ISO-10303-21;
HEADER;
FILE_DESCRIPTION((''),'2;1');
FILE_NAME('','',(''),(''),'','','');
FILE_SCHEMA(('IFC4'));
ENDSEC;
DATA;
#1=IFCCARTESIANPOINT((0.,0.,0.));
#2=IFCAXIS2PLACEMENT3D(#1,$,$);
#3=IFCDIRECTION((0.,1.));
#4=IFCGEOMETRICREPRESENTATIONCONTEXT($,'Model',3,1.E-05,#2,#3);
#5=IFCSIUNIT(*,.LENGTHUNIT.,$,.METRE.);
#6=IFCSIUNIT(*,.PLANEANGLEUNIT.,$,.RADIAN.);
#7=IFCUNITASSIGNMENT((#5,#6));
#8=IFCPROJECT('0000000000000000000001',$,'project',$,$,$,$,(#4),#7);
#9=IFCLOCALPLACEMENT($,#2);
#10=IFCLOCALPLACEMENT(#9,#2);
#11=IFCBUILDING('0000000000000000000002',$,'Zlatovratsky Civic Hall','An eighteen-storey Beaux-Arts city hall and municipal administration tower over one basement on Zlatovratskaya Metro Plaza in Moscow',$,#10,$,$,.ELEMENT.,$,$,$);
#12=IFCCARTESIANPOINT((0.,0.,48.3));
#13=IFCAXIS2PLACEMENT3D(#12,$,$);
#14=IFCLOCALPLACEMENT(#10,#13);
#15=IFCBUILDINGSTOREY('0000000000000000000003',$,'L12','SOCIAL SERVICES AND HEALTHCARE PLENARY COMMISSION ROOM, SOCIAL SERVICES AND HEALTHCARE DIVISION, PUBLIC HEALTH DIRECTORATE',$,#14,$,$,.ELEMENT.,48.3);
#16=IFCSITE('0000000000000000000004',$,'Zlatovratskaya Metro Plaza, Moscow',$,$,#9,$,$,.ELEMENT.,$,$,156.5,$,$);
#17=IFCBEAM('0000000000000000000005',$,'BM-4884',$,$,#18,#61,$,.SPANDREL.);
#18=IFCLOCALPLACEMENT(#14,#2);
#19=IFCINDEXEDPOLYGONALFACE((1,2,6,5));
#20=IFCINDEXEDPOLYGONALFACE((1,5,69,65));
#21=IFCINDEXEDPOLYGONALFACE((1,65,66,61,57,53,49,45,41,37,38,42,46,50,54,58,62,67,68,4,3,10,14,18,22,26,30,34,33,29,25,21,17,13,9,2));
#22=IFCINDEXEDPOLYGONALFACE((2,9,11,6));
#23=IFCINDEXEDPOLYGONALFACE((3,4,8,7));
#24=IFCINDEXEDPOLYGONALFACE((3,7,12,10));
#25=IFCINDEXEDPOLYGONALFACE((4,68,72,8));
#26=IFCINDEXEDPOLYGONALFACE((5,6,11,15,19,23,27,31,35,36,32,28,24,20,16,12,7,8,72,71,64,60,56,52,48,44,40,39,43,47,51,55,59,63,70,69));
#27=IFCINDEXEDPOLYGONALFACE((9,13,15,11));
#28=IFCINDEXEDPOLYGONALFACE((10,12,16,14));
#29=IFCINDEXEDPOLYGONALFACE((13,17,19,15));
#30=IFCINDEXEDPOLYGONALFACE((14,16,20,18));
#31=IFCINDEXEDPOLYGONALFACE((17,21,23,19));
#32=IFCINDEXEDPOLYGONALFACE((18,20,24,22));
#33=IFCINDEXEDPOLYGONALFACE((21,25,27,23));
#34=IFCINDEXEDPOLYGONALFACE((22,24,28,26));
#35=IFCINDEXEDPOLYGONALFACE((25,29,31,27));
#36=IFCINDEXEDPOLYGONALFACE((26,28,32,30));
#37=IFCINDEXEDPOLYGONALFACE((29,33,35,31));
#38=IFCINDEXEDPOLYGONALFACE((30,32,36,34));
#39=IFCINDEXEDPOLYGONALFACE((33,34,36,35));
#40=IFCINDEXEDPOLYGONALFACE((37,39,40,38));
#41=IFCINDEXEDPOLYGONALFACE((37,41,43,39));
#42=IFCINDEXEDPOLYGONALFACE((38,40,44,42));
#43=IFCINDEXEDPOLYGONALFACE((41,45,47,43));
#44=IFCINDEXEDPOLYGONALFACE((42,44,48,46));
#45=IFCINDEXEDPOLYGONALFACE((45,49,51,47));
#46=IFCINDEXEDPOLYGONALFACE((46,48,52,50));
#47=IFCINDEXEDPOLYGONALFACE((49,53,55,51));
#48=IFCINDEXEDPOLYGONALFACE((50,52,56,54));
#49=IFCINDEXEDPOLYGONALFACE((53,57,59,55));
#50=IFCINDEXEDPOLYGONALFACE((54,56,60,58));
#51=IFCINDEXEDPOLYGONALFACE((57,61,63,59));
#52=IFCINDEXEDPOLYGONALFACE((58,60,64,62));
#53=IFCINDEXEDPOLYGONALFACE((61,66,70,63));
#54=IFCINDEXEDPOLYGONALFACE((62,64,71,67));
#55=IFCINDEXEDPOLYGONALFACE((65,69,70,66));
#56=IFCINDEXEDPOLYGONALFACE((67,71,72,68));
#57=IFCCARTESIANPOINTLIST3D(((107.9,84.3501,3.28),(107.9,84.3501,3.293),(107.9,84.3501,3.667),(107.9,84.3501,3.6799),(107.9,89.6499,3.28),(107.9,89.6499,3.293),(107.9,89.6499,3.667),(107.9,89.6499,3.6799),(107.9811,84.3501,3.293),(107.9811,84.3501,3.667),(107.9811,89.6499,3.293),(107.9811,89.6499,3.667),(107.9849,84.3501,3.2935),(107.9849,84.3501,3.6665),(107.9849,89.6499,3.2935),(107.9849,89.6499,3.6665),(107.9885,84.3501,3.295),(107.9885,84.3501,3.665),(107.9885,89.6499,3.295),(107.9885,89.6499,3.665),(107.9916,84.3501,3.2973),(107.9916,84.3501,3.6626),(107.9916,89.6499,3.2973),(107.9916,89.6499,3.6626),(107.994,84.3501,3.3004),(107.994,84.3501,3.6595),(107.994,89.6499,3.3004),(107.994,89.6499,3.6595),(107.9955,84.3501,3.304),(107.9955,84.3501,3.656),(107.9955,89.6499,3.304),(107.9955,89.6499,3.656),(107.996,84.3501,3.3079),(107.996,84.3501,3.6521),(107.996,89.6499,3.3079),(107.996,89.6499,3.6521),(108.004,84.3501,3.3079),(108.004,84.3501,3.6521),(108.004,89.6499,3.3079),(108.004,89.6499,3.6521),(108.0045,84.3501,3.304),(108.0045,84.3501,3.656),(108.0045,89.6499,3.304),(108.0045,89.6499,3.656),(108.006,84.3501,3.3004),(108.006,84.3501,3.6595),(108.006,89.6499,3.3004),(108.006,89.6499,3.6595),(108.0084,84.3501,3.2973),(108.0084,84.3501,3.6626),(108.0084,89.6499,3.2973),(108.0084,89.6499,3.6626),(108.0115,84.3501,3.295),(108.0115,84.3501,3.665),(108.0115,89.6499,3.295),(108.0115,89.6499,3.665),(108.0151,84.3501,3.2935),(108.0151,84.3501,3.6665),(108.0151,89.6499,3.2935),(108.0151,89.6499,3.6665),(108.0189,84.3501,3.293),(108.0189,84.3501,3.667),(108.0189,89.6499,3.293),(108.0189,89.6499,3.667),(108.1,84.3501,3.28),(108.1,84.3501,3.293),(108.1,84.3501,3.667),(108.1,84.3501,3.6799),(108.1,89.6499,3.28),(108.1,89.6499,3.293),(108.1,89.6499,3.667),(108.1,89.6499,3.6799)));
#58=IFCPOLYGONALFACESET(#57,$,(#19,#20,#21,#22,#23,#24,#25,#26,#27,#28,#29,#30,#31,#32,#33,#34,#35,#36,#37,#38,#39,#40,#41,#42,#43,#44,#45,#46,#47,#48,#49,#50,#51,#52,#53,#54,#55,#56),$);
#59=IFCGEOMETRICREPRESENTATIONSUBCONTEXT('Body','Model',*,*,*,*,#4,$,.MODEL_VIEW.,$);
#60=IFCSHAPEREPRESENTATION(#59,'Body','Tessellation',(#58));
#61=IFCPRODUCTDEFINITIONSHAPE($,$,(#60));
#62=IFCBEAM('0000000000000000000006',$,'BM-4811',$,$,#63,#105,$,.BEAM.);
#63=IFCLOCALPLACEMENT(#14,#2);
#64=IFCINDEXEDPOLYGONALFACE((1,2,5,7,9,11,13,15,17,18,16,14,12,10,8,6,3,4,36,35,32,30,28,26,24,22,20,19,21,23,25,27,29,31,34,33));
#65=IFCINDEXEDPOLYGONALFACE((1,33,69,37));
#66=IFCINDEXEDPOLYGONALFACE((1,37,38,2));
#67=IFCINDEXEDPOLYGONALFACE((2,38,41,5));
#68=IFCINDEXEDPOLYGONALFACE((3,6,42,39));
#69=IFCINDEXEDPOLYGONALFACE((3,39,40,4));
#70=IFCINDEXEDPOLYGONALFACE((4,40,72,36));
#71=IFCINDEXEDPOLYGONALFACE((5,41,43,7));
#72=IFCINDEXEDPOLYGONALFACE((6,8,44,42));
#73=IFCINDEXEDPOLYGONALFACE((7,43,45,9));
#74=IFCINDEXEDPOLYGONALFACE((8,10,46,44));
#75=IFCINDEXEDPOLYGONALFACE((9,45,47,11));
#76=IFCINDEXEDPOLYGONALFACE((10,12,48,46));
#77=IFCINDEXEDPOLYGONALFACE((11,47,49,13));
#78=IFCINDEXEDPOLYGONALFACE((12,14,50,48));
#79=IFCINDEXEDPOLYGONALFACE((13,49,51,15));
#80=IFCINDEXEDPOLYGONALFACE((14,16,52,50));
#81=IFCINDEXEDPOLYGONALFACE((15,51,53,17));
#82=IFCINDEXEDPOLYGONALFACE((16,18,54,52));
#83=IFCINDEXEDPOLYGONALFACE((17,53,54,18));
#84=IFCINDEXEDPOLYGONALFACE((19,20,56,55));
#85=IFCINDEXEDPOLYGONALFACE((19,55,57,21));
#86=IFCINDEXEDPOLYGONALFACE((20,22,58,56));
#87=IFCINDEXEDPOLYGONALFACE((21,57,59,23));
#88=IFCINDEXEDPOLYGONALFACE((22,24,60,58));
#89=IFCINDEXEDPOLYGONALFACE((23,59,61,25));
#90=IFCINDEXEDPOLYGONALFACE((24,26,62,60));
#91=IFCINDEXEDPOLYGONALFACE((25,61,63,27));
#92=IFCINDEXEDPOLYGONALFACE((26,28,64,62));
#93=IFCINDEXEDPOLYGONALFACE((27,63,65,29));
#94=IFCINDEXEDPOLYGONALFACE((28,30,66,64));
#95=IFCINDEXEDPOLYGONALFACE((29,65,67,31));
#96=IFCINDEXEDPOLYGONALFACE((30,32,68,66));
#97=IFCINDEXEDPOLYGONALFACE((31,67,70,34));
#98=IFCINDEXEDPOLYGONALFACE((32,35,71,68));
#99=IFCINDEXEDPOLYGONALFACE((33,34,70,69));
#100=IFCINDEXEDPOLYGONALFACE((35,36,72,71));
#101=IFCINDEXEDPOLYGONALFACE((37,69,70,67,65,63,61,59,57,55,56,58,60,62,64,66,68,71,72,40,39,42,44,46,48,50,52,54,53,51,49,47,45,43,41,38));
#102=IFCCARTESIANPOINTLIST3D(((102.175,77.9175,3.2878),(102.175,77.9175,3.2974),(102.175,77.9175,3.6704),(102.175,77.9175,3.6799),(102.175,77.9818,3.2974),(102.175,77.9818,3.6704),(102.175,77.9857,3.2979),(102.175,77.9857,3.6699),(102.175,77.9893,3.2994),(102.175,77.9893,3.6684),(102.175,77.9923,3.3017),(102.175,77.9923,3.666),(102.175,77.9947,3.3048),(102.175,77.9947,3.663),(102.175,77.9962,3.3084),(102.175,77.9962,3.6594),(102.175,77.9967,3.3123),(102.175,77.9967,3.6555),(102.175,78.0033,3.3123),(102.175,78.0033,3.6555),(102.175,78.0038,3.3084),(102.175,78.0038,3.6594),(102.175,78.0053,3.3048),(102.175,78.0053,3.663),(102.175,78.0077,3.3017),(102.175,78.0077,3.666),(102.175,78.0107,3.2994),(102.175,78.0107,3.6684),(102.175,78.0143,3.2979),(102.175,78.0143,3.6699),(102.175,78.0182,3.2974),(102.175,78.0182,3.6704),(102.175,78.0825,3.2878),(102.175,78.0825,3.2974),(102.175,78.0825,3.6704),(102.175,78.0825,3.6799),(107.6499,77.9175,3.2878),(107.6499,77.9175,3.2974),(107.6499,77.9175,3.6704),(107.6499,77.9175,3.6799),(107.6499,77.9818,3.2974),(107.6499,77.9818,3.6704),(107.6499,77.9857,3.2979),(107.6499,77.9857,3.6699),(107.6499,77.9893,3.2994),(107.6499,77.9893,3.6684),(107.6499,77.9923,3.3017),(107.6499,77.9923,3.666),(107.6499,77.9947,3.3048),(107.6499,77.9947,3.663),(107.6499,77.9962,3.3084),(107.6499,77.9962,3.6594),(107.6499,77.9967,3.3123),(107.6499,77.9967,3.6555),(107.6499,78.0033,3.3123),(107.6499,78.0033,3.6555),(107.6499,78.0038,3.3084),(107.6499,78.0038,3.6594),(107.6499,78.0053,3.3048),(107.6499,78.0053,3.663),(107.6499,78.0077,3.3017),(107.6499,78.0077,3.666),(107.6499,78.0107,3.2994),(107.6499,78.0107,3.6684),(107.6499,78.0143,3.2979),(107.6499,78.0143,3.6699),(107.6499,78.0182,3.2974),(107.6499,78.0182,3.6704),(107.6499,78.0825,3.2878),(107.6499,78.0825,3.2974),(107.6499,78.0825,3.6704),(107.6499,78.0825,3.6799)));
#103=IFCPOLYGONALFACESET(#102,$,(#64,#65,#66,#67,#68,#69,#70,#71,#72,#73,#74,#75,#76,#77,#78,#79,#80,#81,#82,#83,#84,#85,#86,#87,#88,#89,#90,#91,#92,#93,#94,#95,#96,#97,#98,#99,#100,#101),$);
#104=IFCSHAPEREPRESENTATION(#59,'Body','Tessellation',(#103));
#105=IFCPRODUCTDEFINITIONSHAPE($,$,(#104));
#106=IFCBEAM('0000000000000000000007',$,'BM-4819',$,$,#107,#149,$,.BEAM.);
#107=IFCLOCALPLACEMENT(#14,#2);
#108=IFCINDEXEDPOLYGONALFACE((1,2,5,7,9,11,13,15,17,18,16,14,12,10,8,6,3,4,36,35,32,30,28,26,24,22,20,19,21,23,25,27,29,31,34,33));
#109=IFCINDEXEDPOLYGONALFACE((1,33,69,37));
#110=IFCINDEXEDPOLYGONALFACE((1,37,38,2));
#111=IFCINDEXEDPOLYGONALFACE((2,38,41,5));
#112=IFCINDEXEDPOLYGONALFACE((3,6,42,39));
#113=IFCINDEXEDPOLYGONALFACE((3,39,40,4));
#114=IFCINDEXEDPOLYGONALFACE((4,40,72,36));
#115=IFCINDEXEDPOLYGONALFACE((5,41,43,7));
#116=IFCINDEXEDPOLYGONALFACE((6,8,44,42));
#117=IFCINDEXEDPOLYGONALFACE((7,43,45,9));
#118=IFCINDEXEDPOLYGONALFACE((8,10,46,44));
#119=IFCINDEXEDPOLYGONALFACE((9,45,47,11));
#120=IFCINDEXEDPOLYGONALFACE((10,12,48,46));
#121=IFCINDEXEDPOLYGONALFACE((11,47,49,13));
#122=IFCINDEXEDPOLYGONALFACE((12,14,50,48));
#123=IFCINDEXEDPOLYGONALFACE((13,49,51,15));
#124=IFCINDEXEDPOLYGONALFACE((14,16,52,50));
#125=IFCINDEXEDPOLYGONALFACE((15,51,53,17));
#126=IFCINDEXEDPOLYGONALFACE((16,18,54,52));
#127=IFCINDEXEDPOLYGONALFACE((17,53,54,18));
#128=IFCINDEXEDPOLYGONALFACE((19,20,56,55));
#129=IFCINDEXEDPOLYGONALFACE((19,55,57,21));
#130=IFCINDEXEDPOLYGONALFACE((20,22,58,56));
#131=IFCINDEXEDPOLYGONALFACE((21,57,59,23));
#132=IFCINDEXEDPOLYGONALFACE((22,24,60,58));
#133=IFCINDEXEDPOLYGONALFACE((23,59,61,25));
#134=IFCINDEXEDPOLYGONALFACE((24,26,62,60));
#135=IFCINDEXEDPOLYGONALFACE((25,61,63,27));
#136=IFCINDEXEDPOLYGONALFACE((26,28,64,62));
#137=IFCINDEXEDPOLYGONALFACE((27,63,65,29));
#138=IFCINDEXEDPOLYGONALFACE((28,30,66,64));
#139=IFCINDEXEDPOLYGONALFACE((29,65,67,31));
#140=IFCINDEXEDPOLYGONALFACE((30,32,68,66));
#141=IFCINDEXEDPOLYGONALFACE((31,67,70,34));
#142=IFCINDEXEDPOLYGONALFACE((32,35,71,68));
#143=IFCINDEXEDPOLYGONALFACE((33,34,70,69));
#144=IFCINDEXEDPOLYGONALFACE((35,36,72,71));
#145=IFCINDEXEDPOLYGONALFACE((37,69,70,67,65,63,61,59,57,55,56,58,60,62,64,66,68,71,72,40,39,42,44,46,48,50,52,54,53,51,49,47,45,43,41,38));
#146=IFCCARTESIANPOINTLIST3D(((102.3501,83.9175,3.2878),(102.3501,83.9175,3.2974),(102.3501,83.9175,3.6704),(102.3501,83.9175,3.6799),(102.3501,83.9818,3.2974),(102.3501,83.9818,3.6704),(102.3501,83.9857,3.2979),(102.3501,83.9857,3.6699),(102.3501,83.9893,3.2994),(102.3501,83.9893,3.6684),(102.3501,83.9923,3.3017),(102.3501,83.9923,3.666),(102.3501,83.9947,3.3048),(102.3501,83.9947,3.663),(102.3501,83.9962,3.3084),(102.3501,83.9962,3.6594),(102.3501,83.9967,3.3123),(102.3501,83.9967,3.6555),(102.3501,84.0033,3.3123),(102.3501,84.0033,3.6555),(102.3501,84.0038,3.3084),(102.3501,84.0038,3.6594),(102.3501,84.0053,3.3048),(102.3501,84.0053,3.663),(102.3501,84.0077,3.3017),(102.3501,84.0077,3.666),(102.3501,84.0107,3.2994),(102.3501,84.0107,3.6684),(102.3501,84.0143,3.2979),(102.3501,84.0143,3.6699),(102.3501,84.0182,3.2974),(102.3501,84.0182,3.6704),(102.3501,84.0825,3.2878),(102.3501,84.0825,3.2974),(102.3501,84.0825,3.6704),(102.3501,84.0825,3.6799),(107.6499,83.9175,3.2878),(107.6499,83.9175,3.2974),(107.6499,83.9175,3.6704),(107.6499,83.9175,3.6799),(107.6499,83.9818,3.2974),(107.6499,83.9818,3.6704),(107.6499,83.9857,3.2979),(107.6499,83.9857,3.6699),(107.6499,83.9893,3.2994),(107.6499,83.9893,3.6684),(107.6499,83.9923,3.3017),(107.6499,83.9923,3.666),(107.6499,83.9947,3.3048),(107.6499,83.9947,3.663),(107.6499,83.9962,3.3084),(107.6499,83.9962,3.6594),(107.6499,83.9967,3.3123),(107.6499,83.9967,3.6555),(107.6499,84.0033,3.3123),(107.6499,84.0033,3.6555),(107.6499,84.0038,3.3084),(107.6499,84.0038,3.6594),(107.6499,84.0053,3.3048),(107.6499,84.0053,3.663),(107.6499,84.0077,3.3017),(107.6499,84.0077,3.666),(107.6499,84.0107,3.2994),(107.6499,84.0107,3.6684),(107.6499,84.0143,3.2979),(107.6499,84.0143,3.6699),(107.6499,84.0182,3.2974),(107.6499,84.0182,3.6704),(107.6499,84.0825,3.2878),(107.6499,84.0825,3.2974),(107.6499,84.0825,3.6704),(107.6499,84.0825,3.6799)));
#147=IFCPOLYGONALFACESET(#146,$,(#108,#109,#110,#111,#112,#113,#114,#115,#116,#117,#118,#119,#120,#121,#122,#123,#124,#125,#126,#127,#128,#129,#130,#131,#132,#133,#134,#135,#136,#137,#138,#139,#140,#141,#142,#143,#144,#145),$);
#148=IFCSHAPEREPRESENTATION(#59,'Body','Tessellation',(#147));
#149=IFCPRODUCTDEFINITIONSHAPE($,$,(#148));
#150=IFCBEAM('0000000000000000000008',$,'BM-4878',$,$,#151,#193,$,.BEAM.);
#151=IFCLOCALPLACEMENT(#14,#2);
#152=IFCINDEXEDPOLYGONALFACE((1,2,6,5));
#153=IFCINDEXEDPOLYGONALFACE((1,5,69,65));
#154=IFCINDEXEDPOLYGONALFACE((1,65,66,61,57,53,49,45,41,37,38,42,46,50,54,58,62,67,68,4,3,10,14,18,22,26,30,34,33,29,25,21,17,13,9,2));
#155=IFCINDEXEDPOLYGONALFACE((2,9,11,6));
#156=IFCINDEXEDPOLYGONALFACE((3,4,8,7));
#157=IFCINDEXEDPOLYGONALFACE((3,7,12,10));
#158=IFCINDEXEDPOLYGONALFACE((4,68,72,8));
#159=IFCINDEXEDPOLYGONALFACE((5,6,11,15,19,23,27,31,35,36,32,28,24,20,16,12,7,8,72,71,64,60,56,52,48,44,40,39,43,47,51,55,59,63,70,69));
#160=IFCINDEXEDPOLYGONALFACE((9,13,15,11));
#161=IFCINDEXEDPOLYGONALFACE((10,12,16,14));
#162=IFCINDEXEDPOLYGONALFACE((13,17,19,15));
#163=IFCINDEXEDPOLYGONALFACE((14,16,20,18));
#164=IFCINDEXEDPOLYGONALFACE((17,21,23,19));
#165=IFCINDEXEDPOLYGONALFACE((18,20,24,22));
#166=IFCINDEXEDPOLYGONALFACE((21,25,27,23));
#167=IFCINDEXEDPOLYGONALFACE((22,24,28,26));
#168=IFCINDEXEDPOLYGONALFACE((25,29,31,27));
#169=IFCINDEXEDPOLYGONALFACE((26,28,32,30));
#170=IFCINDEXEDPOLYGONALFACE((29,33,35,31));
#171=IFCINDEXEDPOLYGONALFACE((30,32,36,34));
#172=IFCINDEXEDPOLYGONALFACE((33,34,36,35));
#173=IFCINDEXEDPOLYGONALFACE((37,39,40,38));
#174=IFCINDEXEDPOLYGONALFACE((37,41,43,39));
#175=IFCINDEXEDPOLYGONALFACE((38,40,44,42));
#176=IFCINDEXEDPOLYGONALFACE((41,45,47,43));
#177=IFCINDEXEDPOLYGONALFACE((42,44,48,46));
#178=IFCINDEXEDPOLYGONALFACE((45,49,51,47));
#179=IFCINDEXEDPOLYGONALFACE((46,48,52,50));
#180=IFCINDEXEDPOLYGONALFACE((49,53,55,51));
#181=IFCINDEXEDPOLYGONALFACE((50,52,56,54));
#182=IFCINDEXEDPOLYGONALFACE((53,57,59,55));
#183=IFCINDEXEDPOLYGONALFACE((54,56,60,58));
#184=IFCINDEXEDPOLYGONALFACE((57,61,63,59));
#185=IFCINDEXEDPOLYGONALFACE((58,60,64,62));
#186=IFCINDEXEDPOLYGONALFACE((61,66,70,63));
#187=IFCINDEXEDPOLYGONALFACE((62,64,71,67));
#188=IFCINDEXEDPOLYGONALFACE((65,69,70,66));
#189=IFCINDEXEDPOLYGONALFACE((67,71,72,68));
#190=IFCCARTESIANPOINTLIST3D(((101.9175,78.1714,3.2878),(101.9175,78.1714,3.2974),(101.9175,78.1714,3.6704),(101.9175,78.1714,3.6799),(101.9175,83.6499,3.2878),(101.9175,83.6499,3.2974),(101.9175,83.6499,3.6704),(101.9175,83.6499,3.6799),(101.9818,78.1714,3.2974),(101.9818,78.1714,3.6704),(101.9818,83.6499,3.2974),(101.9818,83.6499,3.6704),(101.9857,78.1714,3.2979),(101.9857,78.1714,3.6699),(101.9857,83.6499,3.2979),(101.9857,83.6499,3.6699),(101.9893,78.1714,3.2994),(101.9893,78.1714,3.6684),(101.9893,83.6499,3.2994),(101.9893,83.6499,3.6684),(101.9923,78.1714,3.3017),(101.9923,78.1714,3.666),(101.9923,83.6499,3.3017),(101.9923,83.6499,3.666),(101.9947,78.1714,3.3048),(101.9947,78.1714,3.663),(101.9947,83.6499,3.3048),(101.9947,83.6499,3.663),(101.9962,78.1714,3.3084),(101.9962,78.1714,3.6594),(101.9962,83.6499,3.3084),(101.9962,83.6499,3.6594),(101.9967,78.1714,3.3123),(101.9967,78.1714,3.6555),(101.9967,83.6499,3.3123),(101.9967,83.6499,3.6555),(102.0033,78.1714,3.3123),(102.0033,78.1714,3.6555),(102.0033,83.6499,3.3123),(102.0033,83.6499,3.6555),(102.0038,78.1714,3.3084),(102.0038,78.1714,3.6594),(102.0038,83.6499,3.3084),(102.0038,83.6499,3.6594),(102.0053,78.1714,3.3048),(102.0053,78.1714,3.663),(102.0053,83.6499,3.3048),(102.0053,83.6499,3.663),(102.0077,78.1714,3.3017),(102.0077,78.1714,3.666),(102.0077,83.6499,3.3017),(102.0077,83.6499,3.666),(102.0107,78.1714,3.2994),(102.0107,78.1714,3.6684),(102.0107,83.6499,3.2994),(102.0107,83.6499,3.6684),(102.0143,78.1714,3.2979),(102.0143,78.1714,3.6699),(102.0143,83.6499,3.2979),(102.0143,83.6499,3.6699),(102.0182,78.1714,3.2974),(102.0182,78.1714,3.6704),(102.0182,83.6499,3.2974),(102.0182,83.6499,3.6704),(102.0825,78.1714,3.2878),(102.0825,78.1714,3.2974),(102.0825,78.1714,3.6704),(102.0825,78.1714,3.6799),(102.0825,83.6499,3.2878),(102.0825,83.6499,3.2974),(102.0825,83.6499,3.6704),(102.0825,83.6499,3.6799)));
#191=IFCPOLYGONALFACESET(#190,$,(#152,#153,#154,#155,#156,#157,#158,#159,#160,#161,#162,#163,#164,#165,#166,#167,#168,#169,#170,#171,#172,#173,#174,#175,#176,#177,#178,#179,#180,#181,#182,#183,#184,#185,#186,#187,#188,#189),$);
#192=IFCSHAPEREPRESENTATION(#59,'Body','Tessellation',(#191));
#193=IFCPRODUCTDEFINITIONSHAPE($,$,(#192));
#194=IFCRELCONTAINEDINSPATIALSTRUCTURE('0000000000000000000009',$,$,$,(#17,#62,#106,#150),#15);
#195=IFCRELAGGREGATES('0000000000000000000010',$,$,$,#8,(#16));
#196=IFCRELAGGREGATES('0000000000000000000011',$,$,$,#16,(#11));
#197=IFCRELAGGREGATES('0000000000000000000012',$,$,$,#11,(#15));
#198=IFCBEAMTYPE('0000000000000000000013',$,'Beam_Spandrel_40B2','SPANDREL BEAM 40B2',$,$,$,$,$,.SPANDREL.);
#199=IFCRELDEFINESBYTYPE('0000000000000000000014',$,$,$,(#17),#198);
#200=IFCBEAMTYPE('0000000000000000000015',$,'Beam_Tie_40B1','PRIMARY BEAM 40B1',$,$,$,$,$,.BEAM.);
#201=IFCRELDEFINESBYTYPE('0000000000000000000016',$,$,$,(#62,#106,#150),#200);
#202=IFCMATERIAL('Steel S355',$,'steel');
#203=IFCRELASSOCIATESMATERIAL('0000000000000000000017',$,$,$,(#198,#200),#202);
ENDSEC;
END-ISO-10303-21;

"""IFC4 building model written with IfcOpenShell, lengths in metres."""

from ifc_helpers import new_model, si_unit, direction, frame, origin, origin_2d, place, context, subcontext, project, spatial, i_section, extrude, material, material_profile, profile_set, type_object, element, save


model = new_model("IFC4")

# Units and contexts
model_context = context("Model", 3, precision=1e-05, world=origin(), true_north=direction((0.0, 1.0)))
body_context = subcontext(model_context, "Body", "Model", "MODEL_VIEW")
ifc_project = project(units=[si_unit("LENGTHUNIT", "METRE"), si_unit("PLANEANGLEUNIT", "RADIAN")], contexts=[model_context])

# Site, building, storey
site_placement = place(None, origin())
site = spatial("IfcSite", under=ifc_project, at=site_placement, Name="Zlatovratskaya Metro Plaza, Moscow", CompositionType="ELEMENT", RefElevation=156.5)
building_placement = place(site_placement, origin())
building = spatial("IfcBuilding", under=site, at=building_placement, Name="Zlatovratsky Civic Hall", Description="An eighteen-storey Beaux-Arts city hall and municipal administration tower over one basement on Zlatovratskaya Metro Plaza in Moscow", CompositionType="ELEMENT")
storey_placement = place(building_placement, frame((0.0, 0.0, 48.3)))
storey = spatial("IfcBuildingStorey", under=building, at=storey_placement, Name="L12", Description="SOCIAL SERVICES AND HEALTHCARE PLENARY COMMISSION ROOM, SOCIAL SERVICES AND HEALTHCARE DIVISION, PUBLIC HEALTH DIRECTORATE", CompositionType="ELEMENT", Elevation=48.3)

# Beams
ifc_material_1 = material(Name="Steel S355", Category="steel")
ifc_material_profile_1 = material_profile(ifc_material_1, i_section(OverallWidth=0.2, OverallDepth=0.3999, WebThickness=0.0081, FlangeThickness=0.0129, FilletRadius=0.0149, at=origin_2d()), Name="40B2")
ifc_profile_set_1 = profile_set([ifc_material_profile_1], Name="Steel S355")
beam_type_1 = type_object("IfcBeamType", Name="Beam_Spandrel_40B2", Description="SPANDREL BEAM 40B2", PredefinedType="SPANDREL", material=ifc_profile_set_1)
for number, where, z_axis, x_axis, name in (
    (1, (108.0, 84.3501, 3.48), (0.0, 1.0, 0.0), (-1.0, 0.0, 0.0), "BM-4884"),
):
    element("IfcBeam", number, at=place(storey_placement, frame(where, z_axis=z_axis, x_axis=x_axis)), inside=storey, type_object=beam_type_1, Name=name, PredefinedType="SPANDREL", context=body_context, shape_type="SweptSolid", body=[
        extrude(i_section(OverallWidth=0.2, OverallDepth=0.3999, WebThickness=0.0081, FlangeThickness=0.0129, FilletRadius=0.0149, at=origin_2d()), origin(), (0.0, 0.0, 1.0), 5.2998),
    ])
ifc_material_profile_2 = material_profile(ifc_material_1, i_section(OverallWidth=0.165, OverallDepth=0.3921, WebThickness=0.0066, FlangeThickness=0.0095, FilletRadius=0.0149, at=origin_2d()), Name="40B1")
ifc_profile_set_2 = profile_set([ifc_material_profile_2], Name="Steel S355")
beam_type_2 = type_object("IfcBeamType", Name="Beam_Tie_40B1", Description="PRIMARY BEAM 40B1", PredefinedType="BEAM", material=ifc_profile_set_2)
beam_1_placement = place(storey_placement, frame((102.175, 78.0, 3.4839), z_axis=(1.0, 0.0, 0.0), x_axis=(0.0, 1.0, 0.0)))
element("IfcBeam", 2, at=beam_1_placement, inside=storey, type_object=beam_type_2, Name="BM-4811", PredefinedType="BEAM", context=body_context, shape_type="SweptSolid", body=[
    extrude(i_section(OverallWidth=0.165, OverallDepth=0.3921, WebThickness=0.0066, FlangeThickness=0.0095, FilletRadius=0.0149, at=origin_2d()), origin(), (0.0, 0.0, 1.0), 5.4749),
])
beam_2_placement = place(storey_placement, frame((102.3501, 84.0, 3.4839), z_axis=(1.0, 0.0, 0.0), x_axis=(0.0, 1.0, 0.0)))
element("IfcBeam", 3, at=beam_2_placement, inside=storey, type_object=beam_type_2, Name="BM-4819", PredefinedType="BEAM", context=body_context, shape_type="SweptSolid", body=[
    extrude(i_section(OverallWidth=0.165, OverallDepth=0.3921, WebThickness=0.0066, FlangeThickness=0.0095, FilletRadius=0.0149, at=origin_2d()), origin(), (0.0, 0.0, 1.0), 5.2998),
])
beam_3_placement = place(storey_placement, frame((102.0, 78.1714, 3.4839), z_axis=(0.0, 1.0, 0.0), x_axis=(-1.0, 0.0, 0.0)))
element("IfcBeam", 4, at=beam_3_placement, inside=storey, type_object=beam_type_2, Name="BM-4878", PredefinedType="BEAM", context=body_context, shape_type="SweptSolid", body=[
    extrude(i_section(OverallWidth=0.165, OverallDepth=0.3921, WebThickness=0.0066, FlangeThickness=0.0095, FilletRadius=0.0149, at=origin_2d()), origin(), (0.0, 0.0, 1.0), 5.4785),
])

save(model, "model.ifc")
